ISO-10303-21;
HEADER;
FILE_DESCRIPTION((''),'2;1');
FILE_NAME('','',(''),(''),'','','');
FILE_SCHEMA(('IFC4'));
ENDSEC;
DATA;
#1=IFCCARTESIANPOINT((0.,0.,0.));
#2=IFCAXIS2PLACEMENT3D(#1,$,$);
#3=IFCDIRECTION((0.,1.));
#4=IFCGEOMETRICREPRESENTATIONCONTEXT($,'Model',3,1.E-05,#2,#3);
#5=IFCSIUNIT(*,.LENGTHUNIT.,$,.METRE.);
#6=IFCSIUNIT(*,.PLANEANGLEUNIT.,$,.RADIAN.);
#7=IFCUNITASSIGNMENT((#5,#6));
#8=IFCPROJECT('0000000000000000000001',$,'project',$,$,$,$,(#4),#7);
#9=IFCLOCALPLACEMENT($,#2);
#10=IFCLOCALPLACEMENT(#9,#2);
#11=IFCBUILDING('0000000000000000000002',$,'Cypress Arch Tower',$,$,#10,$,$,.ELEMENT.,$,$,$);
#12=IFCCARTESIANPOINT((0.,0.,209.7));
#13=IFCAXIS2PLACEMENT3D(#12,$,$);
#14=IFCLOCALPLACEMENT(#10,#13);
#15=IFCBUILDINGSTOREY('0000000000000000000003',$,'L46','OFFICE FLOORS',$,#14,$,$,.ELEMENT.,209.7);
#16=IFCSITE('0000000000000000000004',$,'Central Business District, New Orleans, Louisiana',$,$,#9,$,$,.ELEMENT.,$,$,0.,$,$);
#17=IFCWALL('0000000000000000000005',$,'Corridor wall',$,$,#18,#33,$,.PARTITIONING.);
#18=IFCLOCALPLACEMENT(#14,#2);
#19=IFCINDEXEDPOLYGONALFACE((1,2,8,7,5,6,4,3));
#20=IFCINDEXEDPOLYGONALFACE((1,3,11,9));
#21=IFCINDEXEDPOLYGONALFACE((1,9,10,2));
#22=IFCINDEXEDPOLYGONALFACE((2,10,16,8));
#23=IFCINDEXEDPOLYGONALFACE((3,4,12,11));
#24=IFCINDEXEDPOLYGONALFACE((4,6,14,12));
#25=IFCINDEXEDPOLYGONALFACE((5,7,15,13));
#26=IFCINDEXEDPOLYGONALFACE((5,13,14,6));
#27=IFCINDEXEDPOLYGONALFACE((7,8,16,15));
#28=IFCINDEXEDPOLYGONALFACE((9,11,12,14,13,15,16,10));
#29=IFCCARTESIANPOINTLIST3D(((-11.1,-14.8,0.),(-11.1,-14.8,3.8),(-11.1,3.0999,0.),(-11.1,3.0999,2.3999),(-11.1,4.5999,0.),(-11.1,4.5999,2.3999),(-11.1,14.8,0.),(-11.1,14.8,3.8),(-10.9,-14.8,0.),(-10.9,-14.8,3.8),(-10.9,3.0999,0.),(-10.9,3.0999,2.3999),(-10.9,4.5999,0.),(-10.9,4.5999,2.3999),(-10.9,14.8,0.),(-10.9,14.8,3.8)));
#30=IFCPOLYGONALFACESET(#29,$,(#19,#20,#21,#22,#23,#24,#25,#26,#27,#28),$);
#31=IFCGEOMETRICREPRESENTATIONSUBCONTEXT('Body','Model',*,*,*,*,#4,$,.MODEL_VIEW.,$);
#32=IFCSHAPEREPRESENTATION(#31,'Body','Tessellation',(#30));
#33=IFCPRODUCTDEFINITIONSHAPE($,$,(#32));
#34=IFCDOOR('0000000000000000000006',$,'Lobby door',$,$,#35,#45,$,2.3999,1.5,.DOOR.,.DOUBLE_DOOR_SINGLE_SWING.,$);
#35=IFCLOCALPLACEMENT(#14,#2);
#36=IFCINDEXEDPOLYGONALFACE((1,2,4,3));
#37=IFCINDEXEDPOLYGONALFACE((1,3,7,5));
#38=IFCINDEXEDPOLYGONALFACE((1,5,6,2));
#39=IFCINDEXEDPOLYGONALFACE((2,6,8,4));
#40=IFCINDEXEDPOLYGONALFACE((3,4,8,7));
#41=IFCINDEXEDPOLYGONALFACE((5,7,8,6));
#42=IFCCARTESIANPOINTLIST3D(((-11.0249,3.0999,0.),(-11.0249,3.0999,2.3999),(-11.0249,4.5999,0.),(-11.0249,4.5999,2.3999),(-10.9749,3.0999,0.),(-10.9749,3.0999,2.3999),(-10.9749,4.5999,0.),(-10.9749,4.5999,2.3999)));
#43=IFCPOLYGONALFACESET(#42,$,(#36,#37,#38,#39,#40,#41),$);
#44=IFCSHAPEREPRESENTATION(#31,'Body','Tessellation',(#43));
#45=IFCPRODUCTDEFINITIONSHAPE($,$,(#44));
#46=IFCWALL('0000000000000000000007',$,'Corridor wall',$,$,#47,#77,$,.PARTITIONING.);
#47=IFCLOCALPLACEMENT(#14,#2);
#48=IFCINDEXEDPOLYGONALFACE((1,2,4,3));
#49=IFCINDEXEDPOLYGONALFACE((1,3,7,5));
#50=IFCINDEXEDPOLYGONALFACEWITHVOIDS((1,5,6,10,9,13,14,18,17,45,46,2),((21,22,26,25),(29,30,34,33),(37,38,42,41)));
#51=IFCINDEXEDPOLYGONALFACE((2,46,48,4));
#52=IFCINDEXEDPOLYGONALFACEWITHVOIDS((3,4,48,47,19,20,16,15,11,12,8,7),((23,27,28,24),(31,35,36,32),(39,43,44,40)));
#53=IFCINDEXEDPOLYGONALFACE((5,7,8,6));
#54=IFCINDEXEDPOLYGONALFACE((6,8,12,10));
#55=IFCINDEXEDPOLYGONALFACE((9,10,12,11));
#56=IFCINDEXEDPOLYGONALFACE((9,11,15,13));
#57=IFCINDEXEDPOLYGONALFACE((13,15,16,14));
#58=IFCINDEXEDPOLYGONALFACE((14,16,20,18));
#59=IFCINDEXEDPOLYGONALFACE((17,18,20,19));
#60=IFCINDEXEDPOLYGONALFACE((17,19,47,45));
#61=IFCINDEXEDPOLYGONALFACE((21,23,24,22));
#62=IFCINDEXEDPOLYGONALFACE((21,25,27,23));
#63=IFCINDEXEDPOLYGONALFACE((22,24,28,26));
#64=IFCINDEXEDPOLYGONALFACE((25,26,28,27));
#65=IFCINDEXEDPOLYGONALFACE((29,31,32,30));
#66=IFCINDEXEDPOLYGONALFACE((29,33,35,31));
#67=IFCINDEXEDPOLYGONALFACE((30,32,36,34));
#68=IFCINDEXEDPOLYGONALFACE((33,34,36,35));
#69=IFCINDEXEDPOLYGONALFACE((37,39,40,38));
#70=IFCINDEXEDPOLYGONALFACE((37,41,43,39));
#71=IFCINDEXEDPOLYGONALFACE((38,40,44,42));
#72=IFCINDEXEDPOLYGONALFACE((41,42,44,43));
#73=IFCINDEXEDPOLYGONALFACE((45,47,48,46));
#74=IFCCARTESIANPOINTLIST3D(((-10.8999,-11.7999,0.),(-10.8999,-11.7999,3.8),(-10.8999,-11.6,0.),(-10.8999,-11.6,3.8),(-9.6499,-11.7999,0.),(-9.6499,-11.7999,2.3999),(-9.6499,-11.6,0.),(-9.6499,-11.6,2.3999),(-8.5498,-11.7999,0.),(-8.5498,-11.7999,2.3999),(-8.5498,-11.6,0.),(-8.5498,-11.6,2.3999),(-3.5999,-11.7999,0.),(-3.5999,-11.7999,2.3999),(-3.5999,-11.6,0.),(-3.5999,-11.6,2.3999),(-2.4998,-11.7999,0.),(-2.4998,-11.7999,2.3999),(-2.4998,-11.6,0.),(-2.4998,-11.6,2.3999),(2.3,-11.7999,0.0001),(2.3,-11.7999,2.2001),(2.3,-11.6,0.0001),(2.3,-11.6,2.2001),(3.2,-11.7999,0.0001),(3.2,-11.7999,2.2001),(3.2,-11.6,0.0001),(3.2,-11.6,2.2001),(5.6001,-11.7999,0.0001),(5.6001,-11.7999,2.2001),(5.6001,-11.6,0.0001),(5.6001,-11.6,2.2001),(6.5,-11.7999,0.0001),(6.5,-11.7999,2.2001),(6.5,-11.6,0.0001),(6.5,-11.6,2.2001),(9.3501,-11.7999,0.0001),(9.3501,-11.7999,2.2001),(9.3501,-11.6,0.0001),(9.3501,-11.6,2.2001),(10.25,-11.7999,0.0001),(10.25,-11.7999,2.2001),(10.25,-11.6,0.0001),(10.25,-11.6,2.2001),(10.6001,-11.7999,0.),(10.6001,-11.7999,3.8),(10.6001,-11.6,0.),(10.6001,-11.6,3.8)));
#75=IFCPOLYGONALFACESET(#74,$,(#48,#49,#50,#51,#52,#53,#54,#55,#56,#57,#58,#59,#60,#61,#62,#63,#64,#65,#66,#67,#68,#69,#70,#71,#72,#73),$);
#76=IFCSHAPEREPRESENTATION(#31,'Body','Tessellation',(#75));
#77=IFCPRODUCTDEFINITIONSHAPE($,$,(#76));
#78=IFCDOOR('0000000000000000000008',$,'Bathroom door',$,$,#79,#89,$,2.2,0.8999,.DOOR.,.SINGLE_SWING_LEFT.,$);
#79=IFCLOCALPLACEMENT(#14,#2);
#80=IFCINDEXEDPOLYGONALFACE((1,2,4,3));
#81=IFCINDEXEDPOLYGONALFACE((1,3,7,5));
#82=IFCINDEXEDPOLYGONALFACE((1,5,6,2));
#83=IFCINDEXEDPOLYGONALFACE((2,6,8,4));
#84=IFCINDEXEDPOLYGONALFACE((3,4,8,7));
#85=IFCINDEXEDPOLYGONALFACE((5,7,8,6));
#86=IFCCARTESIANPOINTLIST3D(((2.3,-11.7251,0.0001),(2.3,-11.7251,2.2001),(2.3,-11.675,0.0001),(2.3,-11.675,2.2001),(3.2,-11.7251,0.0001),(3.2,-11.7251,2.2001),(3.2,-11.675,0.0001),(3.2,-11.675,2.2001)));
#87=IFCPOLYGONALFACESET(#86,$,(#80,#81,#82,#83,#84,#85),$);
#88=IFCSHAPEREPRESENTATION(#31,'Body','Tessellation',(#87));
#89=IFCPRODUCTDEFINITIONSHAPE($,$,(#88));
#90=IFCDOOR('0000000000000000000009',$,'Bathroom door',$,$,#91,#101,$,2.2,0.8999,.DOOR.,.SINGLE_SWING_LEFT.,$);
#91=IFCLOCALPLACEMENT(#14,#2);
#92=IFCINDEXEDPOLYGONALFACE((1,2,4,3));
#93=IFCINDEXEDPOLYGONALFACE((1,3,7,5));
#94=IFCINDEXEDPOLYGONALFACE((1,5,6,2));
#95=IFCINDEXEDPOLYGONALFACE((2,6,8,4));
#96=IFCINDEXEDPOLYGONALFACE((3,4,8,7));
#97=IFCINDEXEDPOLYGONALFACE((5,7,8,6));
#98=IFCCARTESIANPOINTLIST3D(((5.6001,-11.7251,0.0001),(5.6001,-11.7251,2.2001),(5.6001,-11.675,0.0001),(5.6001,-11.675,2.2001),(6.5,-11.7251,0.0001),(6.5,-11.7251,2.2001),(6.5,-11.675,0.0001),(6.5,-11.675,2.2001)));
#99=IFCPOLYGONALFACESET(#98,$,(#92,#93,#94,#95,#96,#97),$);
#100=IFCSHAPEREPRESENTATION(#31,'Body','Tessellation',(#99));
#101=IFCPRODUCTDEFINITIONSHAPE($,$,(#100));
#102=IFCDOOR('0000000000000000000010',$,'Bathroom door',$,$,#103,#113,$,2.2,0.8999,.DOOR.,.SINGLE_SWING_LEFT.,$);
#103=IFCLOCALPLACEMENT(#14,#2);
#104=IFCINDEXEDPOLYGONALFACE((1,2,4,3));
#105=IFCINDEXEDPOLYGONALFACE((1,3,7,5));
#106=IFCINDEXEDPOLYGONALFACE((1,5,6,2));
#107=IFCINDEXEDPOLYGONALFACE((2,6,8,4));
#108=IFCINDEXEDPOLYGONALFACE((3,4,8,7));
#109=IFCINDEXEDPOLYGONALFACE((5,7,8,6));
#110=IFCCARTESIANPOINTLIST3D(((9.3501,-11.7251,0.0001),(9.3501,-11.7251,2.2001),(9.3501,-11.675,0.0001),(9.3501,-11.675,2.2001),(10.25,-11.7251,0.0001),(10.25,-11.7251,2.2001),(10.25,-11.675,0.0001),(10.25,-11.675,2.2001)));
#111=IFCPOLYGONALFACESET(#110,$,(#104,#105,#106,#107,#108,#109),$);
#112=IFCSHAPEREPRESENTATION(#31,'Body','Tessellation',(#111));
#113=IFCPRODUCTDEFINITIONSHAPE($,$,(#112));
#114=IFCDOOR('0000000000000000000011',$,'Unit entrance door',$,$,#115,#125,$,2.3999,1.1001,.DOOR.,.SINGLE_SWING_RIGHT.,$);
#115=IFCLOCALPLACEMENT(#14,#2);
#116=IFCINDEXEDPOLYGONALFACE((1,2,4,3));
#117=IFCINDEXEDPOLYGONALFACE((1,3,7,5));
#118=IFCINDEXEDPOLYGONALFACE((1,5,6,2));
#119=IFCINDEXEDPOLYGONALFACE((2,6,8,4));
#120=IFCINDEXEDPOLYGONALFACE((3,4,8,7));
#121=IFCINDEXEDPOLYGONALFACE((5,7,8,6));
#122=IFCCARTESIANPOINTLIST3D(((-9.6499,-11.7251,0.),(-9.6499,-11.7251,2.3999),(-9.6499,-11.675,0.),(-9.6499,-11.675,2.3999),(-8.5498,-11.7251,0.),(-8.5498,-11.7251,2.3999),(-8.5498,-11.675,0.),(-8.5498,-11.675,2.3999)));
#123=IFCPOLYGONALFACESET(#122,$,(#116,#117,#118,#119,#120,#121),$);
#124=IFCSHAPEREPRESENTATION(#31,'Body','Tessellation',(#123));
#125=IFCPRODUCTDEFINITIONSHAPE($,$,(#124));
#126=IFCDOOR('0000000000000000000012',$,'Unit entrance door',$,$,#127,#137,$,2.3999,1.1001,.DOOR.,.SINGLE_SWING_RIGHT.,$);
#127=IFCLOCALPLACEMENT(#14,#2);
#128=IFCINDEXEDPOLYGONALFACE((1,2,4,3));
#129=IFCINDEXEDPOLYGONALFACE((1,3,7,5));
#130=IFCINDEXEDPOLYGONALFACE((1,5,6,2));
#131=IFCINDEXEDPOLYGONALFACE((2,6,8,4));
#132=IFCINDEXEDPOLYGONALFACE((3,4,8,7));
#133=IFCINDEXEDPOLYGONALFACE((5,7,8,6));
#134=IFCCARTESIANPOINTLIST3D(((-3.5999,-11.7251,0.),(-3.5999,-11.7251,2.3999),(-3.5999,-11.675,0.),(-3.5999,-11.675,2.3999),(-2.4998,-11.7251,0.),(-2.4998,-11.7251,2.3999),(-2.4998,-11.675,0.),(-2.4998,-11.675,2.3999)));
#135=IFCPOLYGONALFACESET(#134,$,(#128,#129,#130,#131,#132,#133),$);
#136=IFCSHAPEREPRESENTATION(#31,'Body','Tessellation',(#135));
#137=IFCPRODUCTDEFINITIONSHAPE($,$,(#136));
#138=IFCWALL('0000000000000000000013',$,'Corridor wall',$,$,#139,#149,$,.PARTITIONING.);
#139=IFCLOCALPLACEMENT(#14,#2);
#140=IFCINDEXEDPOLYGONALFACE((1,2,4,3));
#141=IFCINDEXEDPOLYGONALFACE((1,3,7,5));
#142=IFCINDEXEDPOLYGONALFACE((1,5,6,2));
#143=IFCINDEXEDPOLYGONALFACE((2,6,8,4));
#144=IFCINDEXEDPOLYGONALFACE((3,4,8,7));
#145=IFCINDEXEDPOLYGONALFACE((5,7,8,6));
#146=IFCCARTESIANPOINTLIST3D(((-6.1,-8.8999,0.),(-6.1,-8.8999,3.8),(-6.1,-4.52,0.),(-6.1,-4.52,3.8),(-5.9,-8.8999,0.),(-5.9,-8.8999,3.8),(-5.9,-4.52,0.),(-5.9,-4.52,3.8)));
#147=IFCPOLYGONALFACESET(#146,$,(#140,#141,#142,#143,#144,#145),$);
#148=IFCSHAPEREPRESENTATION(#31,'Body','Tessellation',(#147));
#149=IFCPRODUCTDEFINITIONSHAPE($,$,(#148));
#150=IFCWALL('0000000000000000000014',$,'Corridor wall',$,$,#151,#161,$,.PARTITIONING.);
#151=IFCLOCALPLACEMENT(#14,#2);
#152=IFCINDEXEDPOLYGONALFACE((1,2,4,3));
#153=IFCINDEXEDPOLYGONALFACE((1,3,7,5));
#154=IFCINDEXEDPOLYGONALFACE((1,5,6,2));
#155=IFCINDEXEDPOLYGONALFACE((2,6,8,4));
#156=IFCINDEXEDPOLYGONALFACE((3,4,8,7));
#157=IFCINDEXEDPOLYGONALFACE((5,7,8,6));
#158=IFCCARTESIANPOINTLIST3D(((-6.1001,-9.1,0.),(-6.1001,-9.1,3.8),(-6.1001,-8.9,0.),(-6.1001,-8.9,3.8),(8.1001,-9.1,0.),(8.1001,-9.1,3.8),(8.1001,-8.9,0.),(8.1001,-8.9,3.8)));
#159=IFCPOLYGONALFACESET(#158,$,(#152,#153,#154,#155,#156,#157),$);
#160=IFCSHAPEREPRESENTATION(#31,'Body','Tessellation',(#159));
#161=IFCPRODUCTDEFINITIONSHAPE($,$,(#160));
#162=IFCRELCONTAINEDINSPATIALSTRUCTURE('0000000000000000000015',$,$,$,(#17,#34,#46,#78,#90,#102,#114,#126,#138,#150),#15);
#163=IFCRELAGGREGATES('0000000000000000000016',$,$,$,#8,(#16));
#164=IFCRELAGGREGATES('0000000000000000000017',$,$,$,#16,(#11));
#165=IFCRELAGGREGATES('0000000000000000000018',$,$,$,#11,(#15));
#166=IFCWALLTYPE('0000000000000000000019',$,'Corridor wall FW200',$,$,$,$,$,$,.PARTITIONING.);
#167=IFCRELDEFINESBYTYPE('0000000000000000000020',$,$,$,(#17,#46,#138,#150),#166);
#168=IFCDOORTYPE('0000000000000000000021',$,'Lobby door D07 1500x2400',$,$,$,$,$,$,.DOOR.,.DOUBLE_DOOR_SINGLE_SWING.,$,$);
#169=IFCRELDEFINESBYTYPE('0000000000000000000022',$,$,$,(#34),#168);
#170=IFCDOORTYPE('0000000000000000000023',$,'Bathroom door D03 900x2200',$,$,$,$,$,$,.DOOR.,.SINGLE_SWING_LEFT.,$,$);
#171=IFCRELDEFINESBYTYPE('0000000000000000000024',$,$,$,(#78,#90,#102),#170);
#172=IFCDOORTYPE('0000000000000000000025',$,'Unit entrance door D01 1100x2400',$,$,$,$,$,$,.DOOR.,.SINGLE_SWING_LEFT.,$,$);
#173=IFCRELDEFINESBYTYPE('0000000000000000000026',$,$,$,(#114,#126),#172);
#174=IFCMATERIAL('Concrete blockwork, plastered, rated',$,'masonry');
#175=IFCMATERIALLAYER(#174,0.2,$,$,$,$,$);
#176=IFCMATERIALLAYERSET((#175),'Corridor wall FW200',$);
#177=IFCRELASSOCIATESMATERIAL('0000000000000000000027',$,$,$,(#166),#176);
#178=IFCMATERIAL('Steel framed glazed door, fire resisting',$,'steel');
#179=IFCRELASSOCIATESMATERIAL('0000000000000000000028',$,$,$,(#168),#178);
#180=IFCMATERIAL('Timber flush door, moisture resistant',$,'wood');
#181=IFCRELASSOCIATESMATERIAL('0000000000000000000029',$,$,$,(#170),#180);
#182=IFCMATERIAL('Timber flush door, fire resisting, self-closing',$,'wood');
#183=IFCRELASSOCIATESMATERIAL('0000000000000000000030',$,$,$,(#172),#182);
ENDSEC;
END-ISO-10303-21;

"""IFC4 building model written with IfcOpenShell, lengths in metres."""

from ifc_helpers import new_model, si_unit, direction, frame, frame_2d, origin, place, context, subcontext, project, spatial, rectangle, extrude, material, layer, layer_set, type_object, element, fill, save


model = new_model("IFC4")

# Units and contexts
model_context = context("Model", 3, precision=1e-05, world=origin(), true_north=direction((0.0, 1.0)))
body_context = subcontext(model_context, "Body", "Model", "MODEL_VIEW")
ifc_project = project(units=[si_unit("LENGTHUNIT", "METRE"), si_unit("PLANEANGLEUNIT", "RADIAN")], contexts=[model_context])

# Site, building, storey
site_placement = place(None, origin())
site = spatial("IfcSite", under=ifc_project, at=site_placement, Name="Central Business District, New Orleans, Louisiana", CompositionType="ELEMENT", RefElevation=0.0)
building_placement = place(site_placement, origin())
building = spatial("IfcBuilding", under=site, at=building_placement, Name="Cypress Arch Tower", CompositionType="ELEMENT")
storey_placement = place(building_placement, frame((0.0, 0.0, 209.7)))
storey = spatial("IfcBuildingStorey", under=building, at=storey_placement, Name="L46", Description="OFFICE FLOORS", CompositionType="ELEMENT", Elevation=209.7)

# Wall, opening, door
ifc_material_1 = material(Name="Concrete blockwork, plastered, rated", Category="masonry")
ifc_layer_1 = layer(ifc_material_1, 0.2)
ifc_layer_set_1 = layer_set([ifc_layer_1], Name="Corridor wall FW200")
wall_type_1 = type_object("IfcWallType", Name="Corridor wall FW200", PredefinedType="PARTITIONING", material=ifc_layer_set_1)
wall_1_placement = place(storey_placement, frame((-11.0, -14.8, 0.0), z_axis=(0.0, 0.0, 1.0), x_axis=(0.0, 1.0, 0.0)))
wall_1 = element("IfcWall", 1, at=wall_1_placement, inside=storey, type_object=wall_type_1, Name="Corridor wall", PredefinedType="PARTITIONING", context=body_context, shape_type="SweptSolid", body=[
    extrude(rectangle(XDim=29.6001, YDim=0.2, at=frame_2d((14.8, 0.0))), origin(), (0.0, 0.0, 1.0), 3.8),
])
opening_1_placement = place(wall_1_placement, frame((17.8999, 0.0, 0.0)))
opening_1 = element("IfcOpeningElement", 2, at=opening_1_placement, cuts=wall_1, PredefinedType="OPENING", context=body_context, shape_type="SweptSolid", body=[
    extrude(rectangle(XDim=1.5, YDim=2.3999, at=frame_2d((0.75, 1.2))), frame((0.0, 0.1099, 0.0), z_axis=(0.0, -1.0, 0.0), x_axis=(1.0, 0.0, 0.0)), (0.0, 0.0, 1.0), 0.22),
])
ifc_material_2 = material(Name="Steel framed glazed door, fire resisting", Category="steel")
door_type_1 = type_object("IfcDoorType", Name="Lobby door D07 1500x2400", OperationType="DOUBLE_DOOR_SINGLE_SWING", PredefinedType="DOOR", material=ifc_material_2)
door_1_placement = place(opening_1_placement, origin())
door_1 = element("IfcDoor", 3, at=door_1_placement, inside=storey, type_object=door_type_1, Name="Lobby door", OperationType="DOUBLE_DOOR_SINGLE_SWING", OverallHeight=2.3999, OverallWidth=1.5, PredefinedType="DOOR", context=body_context, shape_type="SweptSolid", body=[
    extrude(rectangle(XDim=1.5, YDim=2.3999, at=frame_2d((0.75, 1.2))), frame((0.0, 0.0249, 0.0), z_axis=(0.0, -1.0, 0.0), x_axis=(1.0, 0.0, 0.0)), (0.0, 0.0, 1.0), 0.05),
])
fill(opening_1, door_1)

# Wall, openings, doors
wall_2_placement = place(storey_placement, frame((-10.8999, -11.7, 0.0), z_axis=(0.0, 0.0, 1.0), x_axis=(1.0, 0.0, 0.0)))
wall_2 = element("IfcWall", 4, at=wall_2_placement, inside=storey, type_object=wall_type_1, Name="Corridor wall", PredefinedType="PARTITIONING", context=body_context, shape_type="SweptSolid", body=[
    extrude(rectangle(XDim=21.5, YDim=0.2, at=frame_2d((10.75, 0.0))), origin(), (0.0, 0.0, 1.0), 3.8),
])
opening_2_placement = place(wall_2_placement, frame((13.2, 0.0, 0.0)))
opening_2 = element("IfcOpeningElement", 5, at=opening_2_placement, cuts=wall_2, PredefinedType="OPENING", context=body_context, shape_type="SweptSolid", body=[
    extrude(rectangle(XDim=0.8999, YDim=2.2, at=frame_2d((0.45, 1.1001))), frame((0.0, 0.1099, 0.0), z_axis=(0.0, -1.0, 0.0), x_axis=(1.0, 0.0, 0.0)), (0.0, 0.0, 1.0), 0.22),
])
opening_3_placement = place(wall_2_placement, frame((16.5, 0.0, 0.0)))
opening_3 = element("IfcOpeningElement", 6, at=opening_3_placement, cuts=wall_2, PredefinedType="OPENING", context=body_context, shape_type="SweptSolid", body=[
    extrude(rectangle(XDim=0.8999, YDim=2.2, at=frame_2d((0.45, 1.1001))), frame((0.0, 0.1099, 0.0), z_axis=(0.0, -1.0, 0.0), x_axis=(1.0, 0.0, 0.0)), (0.0, 0.0, 1.0), 0.22),
])
opening_4_placement = place(wall_2_placement, frame((20.25, 0.0, 0.0)))
opening_4 = element("IfcOpeningElement", 7, at=opening_4_placement, cuts=wall_2, PredefinedType="OPENING", context=body_context, shape_type="SweptSolid", body=[
    extrude(rectangle(XDim=0.8999, YDim=2.2, at=frame_2d((0.45, 1.1001))), frame((0.0, 0.1099, 0.0), z_axis=(0.0, -1.0, 0.0), x_axis=(1.0, 0.0, 0.0)), (0.0, 0.0, 1.0), 0.22),
])
opening_5_placement = place(wall_2_placement, frame((1.25, 0.0, 0.0)))
opening_5 = element("IfcOpeningElement", 8, at=opening_5_placement, cuts=wall_2, PredefinedType="OPENING", context=body_context, shape_type="SweptSolid", body=[
    extrude(rectangle(XDim=1.1001, YDim=2.3999, at=frame_2d((0.55, 1.2))), frame((0.0, 0.1099, 0.0), z_axis=(0.0, -1.0, 0.0), x_axis=(1.0, 0.0, 0.0)), (0.0, 0.0, 1.0), 0.22),
])
opening_6_placement = place(wall_2_placement, frame((7.3, 0.0, 0.0)))
opening_6 = element("IfcOpeningElement", 9, at=opening_6_placement, cuts=wall_2, PredefinedType="OPENING", context=body_context, shape_type="SweptSolid", body=[
    extrude(rectangle(XDim=1.1001, YDim=2.3999, at=frame_2d((0.55, 1.2))), frame((0.0, 0.1099, 0.0), z_axis=(0.0, -1.0, 0.0), x_axis=(1.0, 0.0, 0.0)), (0.0, 0.0, 1.0), 0.22),
])
ifc_material_3 = material(Name="Timber flush door, moisture resistant", Category="wood")
door_type_2 = type_object("IfcDoorType", Name="Bathroom door D03 900x2200", OperationType="SINGLE_SWING_LEFT", PredefinedType="DOOR", material=ifc_material_3)
door_2_placement = place(opening_2_placement, origin())
door_2 = element("IfcDoor", 10, at=door_2_placement, inside=storey, type_object=door_type_2, Name="Bathroom door", OperationType="SINGLE_SWING_LEFT", OverallHeight=2.2, OverallWidth=0.8999, PredefinedType="DOOR", context=body_context, shape_type="SweptSolid", body=[
    extrude(rectangle(XDim=0.8999, YDim=2.2, at=frame_2d((0.45, 1.1001))), frame((0.0, 0.0249, 0.0), z_axis=(0.0, -1.0, 0.0), x_axis=(1.0, 0.0, 0.0)), (0.0, 0.0, 1.0), 0.05),
])
fill(opening_2, door_2)
door_3_placement = place(opening_3_placement, origin())
door_3 = element("IfcDoor", 11, at=door_3_placement, inside=storey, type_object=door_type_2, Name="Bathroom door", OperationType="SINGLE_SWING_LEFT", OverallHeight=2.2, OverallWidth=0.8999, PredefinedType="DOOR", context=body_context, shape_type="SweptSolid", body=[
    extrude(rectangle(XDim=0.8999, YDim=2.2, at=frame_2d((0.45, 1.1001))), frame((0.0, 0.0249, 0.0), z_axis=(0.0, -1.0, 0.0), x_axis=(1.0, 0.0, 0.0)), (0.0, 0.0, 1.0), 0.05),
])
fill(opening_3, door_3)
door_4_placement = place(opening_4_placement, origin())
door_4 = element("IfcDoor", 12, at=door_4_placement, inside=storey, type_object=door_type_2, Name="Bathroom door", OperationType="SINGLE_SWING_LEFT", OverallHeight=2.2, OverallWidth=0.8999, PredefinedType="DOOR", context=body_context, shape_type="SweptSolid", body=[
    extrude(rectangle(XDim=0.8999, YDim=2.2, at=frame_2d((0.45, 1.1001))), frame((0.0, 0.0249, 0.0), z_axis=(0.0, -1.0, 0.0), x_axis=(1.0, 0.0, 0.0)), (0.0, 0.0, 1.0), 0.05),
])
fill(opening_4, door_4)
ifc_material_4 = material(Name="Timber flush door, fire resisting, self-closing", Category="wood")
door_type_3 = type_object("IfcDoorType", Name="Unit entrance door D01 1100x2400", OperationType="SINGLE_SWING_LEFT", PredefinedType="DOOR", material=ifc_material_4)
door_5_placement = place(opening_5_placement, origin())
door_5 = element("IfcDoor", 13, at=door_5_placement, inside=storey, type_object=door_type_3, Name="Unit entrance door", OperationType="SINGLE_SWING_RIGHT", OverallHeight=2.3999, OverallWidth=1.1001, PredefinedType="DOOR", context=body_context, shape_type="SweptSolid", body=[
    extrude(rectangle(XDim=1.1001, YDim=2.3999, at=frame_2d((0.55, 1.2))), frame((0.0, 0.0249, 0.0), z_axis=(0.0, -1.0, 0.0), x_axis=(1.0, 0.0, 0.0)), (0.0, 0.0, 1.0), 0.05),
])
fill(opening_5, door_5)
door_6_placement = place(opening_6_placement, origin())
door_6 = element("IfcDoor", 14, at=door_6_placement, inside=storey, type_object=door_type_3, Name="Unit entrance door", OperationType="SINGLE_SWING_RIGHT", OverallHeight=2.3999, OverallWidth=1.1001, PredefinedType="DOOR", context=body_context, shape_type="SweptSolid", body=[
    extrude(rectangle(XDim=1.1001, YDim=2.3999, at=frame_2d((0.55, 1.2))), frame((0.0, 0.0249, 0.0), z_axis=(0.0, -1.0, 0.0), x_axis=(1.0, 0.0, 0.0)), (0.0, 0.0, 1.0), 0.05),
])
fill(opening_6, door_6)

# Walls
wall_3_placement = place(storey_placement, frame((-6.0, -8.8999, 0.0), z_axis=(0.0, 0.0, 1.0), x_axis=(0.0, 1.0, 0.0)))
element("IfcWall", 15, at=wall_3_placement, inside=storey, type_object=wall_type_1, Name="Corridor wall", PredefinedType="PARTITIONING", context=body_context, shape_type="SweptSolid", body=[
    extrude(rectangle(XDim=4.3799, YDim=0.2, at=frame_2d((2.1899, 0.0))), origin(), (0.0, 0.0, 1.0), 3.8),
])
wall_4_placement = place(storey_placement, frame((-6.1001, -9.0, 0.0), z_axis=(0.0, 0.0, 1.0), x_axis=(1.0, 0.0, 0.0)))
element("IfcWall", 16, at=wall_4_placement, inside=storey, type_object=wall_type_1, Name="Corridor wall", PredefinedType="PARTITIONING", context=body_context, shape_type="SweptSolid", body=[
    extrude(rectangle(XDim=14.2002, YDim=0.2, at=frame_2d((7.1001, 0.0))), origin(), (0.0, 0.0, 1.0), 3.8),
])

save(model, "model.ifc")
